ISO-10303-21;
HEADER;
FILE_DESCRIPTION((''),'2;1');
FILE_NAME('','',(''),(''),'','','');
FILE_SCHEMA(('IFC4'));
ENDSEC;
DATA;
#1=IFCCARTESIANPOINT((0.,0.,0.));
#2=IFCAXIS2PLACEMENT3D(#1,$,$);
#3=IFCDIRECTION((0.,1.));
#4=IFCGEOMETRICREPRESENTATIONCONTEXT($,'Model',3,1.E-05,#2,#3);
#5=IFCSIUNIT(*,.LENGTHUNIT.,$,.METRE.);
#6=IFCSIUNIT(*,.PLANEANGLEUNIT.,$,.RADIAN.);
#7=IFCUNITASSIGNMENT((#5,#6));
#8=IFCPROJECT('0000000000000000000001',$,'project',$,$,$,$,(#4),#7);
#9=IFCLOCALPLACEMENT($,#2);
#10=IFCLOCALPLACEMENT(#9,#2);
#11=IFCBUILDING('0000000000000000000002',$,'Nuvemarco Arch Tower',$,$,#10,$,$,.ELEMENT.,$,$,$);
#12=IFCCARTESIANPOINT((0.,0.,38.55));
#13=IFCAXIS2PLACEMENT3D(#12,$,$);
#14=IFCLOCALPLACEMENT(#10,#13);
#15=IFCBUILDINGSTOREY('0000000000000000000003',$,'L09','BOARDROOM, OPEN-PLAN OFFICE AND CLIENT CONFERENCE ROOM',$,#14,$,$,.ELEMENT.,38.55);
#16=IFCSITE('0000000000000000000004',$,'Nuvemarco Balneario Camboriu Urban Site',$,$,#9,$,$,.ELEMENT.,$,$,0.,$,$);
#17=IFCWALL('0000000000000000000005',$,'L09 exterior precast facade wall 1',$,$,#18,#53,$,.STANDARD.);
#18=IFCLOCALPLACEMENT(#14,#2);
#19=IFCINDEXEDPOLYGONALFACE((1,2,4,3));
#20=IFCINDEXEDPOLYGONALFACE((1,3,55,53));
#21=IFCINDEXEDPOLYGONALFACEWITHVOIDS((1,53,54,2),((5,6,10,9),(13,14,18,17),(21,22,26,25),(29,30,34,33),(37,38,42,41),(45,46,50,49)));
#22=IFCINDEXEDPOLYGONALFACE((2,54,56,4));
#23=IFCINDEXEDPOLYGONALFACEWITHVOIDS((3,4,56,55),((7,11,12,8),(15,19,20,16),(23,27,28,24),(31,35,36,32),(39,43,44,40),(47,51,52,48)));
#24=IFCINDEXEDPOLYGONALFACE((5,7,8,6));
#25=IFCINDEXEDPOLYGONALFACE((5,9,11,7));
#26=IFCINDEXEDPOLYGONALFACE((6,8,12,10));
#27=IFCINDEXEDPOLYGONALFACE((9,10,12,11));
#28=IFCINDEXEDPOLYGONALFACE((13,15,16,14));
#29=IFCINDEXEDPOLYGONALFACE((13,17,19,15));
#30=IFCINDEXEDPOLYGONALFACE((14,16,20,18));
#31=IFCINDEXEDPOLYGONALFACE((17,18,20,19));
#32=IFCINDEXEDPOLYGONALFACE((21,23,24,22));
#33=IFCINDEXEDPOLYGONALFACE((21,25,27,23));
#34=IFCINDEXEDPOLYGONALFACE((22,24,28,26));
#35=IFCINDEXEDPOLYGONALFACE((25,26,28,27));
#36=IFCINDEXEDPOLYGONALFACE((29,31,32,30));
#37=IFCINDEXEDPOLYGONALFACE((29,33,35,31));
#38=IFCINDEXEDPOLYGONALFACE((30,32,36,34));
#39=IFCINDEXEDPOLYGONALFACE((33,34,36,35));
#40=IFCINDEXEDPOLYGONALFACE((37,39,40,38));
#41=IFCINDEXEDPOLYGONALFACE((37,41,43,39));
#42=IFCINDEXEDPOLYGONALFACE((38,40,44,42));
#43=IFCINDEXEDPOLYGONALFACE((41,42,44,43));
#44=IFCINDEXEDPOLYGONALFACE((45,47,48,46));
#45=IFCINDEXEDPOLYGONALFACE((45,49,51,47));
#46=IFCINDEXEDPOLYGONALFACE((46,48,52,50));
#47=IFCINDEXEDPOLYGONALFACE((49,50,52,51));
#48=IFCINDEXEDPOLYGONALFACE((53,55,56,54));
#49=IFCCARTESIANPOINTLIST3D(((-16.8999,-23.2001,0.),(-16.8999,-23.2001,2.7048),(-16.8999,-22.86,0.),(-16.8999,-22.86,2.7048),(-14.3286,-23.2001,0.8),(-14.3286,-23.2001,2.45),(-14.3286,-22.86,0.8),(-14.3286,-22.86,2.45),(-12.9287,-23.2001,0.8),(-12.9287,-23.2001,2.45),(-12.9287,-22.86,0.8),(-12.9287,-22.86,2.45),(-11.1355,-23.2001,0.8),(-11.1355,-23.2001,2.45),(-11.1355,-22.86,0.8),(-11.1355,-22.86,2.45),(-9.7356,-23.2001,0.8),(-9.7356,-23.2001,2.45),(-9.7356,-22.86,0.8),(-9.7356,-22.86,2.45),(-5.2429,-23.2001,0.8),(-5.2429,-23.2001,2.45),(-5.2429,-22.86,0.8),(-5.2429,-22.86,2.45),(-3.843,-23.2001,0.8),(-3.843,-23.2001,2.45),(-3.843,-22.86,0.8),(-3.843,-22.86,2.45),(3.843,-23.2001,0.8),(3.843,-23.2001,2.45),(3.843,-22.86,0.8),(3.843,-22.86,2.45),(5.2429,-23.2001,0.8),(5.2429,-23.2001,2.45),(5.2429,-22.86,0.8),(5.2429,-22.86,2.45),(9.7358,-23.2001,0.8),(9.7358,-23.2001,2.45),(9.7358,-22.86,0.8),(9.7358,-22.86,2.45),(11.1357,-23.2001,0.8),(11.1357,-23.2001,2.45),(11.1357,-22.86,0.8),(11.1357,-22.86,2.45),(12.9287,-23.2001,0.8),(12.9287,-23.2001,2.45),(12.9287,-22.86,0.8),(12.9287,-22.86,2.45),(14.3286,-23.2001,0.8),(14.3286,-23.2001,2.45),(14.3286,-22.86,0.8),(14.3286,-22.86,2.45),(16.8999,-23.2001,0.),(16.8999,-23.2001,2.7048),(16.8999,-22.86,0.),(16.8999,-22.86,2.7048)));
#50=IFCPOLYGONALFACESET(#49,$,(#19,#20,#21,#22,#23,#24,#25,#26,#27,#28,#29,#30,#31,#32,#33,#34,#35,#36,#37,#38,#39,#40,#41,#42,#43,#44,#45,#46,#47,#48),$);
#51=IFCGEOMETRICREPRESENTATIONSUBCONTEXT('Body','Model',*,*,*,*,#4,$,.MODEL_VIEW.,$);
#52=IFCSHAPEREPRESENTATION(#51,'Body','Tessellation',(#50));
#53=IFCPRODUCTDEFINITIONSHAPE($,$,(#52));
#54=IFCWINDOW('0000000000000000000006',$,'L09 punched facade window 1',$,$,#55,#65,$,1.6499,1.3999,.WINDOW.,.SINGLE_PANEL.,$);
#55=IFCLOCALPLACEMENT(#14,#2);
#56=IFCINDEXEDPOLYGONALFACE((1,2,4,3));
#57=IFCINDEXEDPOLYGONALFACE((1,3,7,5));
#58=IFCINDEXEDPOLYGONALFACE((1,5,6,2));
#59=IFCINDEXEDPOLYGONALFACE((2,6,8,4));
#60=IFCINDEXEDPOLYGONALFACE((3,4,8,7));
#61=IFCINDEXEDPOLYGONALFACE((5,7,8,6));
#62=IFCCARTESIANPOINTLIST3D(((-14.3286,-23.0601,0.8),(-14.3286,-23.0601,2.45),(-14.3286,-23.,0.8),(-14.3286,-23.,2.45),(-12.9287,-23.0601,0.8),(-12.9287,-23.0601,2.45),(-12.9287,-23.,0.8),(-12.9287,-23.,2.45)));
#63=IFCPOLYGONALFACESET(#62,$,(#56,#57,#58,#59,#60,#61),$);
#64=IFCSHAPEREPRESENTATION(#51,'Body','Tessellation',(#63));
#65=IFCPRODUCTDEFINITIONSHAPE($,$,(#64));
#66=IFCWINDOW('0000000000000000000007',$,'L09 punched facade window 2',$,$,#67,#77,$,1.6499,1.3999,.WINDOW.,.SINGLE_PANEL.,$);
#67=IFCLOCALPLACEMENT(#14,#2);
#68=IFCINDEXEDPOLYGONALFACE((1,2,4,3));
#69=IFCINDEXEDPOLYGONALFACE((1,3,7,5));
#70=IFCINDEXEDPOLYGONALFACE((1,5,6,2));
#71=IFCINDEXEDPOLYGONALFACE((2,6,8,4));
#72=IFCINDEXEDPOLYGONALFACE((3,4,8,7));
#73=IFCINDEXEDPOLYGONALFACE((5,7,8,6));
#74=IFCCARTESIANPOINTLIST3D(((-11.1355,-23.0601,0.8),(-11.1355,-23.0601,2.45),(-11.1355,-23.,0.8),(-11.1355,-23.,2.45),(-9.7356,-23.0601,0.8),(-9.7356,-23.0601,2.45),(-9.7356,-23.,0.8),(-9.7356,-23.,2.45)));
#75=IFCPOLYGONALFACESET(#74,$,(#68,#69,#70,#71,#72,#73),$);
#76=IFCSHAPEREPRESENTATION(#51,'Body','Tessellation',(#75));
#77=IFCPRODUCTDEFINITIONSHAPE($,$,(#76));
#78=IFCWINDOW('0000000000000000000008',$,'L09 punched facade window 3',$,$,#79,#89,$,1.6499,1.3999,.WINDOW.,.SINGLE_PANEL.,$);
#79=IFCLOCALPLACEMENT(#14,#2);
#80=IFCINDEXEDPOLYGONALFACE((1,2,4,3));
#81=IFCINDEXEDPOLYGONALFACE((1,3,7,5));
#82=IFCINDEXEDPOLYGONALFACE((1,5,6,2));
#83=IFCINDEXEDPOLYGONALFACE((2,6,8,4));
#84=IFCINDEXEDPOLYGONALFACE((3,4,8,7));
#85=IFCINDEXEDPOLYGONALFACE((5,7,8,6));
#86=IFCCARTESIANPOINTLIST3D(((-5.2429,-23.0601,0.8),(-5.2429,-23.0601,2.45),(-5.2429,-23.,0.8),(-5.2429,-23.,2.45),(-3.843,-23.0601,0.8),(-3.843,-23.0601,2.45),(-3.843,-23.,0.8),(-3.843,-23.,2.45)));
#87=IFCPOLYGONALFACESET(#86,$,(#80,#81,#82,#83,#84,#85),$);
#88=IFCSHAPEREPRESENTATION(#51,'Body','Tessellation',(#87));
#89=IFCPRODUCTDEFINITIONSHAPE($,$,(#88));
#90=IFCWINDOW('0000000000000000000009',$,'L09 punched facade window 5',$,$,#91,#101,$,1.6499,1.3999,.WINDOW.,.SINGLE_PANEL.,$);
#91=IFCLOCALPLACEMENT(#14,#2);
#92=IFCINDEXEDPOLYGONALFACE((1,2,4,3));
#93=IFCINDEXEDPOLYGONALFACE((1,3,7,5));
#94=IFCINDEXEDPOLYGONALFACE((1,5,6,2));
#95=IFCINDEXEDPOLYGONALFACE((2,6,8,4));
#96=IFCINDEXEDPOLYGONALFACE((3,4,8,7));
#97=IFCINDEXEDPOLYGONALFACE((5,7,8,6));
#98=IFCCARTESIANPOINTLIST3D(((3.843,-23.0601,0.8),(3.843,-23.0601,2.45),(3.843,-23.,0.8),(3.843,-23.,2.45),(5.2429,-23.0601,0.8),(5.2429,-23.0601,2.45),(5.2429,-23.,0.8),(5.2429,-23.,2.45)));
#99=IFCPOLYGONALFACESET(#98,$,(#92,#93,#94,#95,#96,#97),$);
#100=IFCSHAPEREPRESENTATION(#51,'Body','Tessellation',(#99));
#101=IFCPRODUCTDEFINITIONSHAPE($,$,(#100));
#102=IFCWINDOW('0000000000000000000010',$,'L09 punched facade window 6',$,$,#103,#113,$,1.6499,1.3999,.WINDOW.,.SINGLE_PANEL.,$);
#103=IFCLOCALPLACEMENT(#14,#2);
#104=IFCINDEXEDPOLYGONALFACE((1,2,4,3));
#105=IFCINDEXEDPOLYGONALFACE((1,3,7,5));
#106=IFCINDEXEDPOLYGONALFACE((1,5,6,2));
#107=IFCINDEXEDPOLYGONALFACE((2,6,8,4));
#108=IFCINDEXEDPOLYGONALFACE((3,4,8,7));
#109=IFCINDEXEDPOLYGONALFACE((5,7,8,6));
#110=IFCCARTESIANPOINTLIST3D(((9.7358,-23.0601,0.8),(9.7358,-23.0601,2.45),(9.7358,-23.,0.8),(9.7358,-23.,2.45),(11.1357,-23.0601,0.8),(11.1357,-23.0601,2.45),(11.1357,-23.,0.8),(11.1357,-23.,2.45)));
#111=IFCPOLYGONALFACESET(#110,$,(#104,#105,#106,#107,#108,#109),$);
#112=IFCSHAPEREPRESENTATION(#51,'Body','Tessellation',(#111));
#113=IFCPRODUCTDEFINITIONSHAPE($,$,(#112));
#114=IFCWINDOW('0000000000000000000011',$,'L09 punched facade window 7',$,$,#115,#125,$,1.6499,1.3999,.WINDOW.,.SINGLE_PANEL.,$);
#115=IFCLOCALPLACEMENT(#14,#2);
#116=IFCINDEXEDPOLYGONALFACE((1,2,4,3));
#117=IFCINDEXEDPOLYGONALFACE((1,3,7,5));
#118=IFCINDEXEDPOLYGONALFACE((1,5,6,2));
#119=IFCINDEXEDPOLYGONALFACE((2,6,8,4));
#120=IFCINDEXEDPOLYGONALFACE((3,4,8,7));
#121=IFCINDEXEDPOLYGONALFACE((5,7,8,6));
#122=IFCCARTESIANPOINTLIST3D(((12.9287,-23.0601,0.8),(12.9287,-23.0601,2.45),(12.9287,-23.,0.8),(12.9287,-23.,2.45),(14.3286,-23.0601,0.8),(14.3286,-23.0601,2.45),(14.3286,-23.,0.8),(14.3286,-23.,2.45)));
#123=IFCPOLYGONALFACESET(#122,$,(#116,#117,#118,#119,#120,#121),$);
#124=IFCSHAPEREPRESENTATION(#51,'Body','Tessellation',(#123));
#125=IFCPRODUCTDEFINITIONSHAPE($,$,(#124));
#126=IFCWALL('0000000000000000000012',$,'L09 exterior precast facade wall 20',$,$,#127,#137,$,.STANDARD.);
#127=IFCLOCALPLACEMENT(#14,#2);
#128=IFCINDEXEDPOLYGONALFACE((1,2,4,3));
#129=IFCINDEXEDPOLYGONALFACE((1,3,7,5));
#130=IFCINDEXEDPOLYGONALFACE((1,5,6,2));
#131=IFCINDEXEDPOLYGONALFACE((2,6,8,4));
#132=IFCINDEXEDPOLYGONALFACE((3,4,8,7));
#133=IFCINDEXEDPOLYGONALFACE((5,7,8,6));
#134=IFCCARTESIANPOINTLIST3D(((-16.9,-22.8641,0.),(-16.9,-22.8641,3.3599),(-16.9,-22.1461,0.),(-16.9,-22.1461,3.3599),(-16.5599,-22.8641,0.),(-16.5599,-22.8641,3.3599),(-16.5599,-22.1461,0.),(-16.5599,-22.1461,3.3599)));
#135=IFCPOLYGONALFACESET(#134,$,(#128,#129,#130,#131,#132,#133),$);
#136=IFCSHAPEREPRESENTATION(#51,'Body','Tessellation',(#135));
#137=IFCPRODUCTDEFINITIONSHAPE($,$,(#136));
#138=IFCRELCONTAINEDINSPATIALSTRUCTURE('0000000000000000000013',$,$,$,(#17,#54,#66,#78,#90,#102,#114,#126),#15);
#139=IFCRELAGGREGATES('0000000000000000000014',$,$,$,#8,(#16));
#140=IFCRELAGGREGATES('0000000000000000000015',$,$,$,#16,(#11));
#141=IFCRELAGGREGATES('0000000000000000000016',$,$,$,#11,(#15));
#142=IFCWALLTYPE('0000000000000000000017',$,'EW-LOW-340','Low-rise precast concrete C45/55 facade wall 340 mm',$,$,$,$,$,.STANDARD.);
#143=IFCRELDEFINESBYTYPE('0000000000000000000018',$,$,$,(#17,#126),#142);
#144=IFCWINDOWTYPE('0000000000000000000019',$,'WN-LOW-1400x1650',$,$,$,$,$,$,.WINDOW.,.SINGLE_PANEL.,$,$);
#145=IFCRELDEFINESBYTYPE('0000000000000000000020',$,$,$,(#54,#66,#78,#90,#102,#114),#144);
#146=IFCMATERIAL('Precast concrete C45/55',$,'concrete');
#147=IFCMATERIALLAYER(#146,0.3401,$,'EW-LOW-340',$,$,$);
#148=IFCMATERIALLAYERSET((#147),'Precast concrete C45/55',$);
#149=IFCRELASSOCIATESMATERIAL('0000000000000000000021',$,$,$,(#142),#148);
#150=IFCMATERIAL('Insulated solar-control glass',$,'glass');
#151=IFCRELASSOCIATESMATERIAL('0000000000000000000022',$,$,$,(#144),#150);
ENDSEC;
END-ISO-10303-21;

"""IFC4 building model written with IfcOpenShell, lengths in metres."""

from ifc_helpers import new_model, si_unit, direction, frame, frame_2d, origin, place, context, subcontext, project, spatial, rectangle, extrude, source, transform, mapped, material, layer, layer_set, type_object, type_shapes, element, fill, save


model = new_model("IFC4")

# Units and contexts
model_context = context("Model", 3, precision=1e-05, world=origin(), true_north=direction((0.0, 1.0)))
body_context = subcontext(model_context, "Body", "Model", "MODEL_VIEW")
ifc_project = project(units=[si_unit("LENGTHUNIT", "METRE"), si_unit("PLANEANGLEUNIT", "RADIAN")], contexts=[model_context])

# Site, building, storey
site_placement = place(None, origin())
site = spatial("IfcSite", under=ifc_project, at=site_placement, Name="Nuvemarco Balneario Camboriu Urban Site", CompositionType="ELEMENT", RefElevation=0.0)
building_placement = place(site_placement, origin())
building = spatial("IfcBuilding", under=site, at=building_placement, Name="Nuvemarco Arch Tower", CompositionType="ELEMENT")
storey_placement = place(building_placement, frame((0.0, 0.0, 38.55)))
storey = spatial("IfcBuildingStorey", under=building, at=storey_placement, Name="L09", Description="BOARDROOM, OPEN-PLAN OFFICE AND CLIENT CONFERENCE ROOM", CompositionType="ELEMENT", Elevation=38.55)

# Wall, openings, windows
ifc_material_1 = material(Name="Precast concrete C45/55", Category="concrete")
ifc_layer_1 = layer(ifc_material_1, 0.3401, Name="EW-LOW-340")
ifc_layer_set_1 = layer_set([ifc_layer_1], Name="Precast concrete C45/55")
wall_type_1 = type_object("IfcWallType", Name="EW-LOW-340", Description="Low-rise precast concrete C45/55 facade wall 340 mm", PredefinedType="STANDARD", material=ifc_layer_set_1)
wall_1_placement = place(storey_placement, frame((-16.8999, -23.03, 0.0), z_axis=(0.0, 0.0, 1.0), x_axis=(1.0, 0.0, 0.0)))
wall_1 = element("IfcWall", 1, at=wall_1_placement, inside=storey, type_object=wall_type_1, Name="L09 exterior precast facade wall 1", PredefinedType="STANDARD", context=body_context, shape_type="SweptSolid", body=[
    extrude(rectangle(XDim=33.7998, YDim=0.3401, at=frame_2d((16.8999, 0.0))), origin(), (0.0, 0.0, 1.0), 2.7048),
])
opening_1_placement = place(wall_1_placement, frame((2.5713, 0.0, 0.8)))
opening_1 = element("IfcOpeningElement", 2, at=opening_1_placement, cuts=wall_1, PredefinedType="OPENING", context=body_context, shape_type="SweptSolid", body=[
    extrude(rectangle(XDim=1.3999, YDim=1.6499, at=frame_2d((0.7, 0.825))), frame((0.0, 0.1799, 0.0), z_axis=(0.0, -1.0, 0.0), x_axis=(1.0, 0.0, 0.0)), (0.0, 0.0, 1.0), 0.3601),
])
opening_2_placement = place(wall_1_placement, frame((5.7644, 0.0, 0.8)))
opening_2 = element("IfcOpeningElement", 3, at=opening_2_placement, cuts=wall_1, PredefinedType="OPENING", context=body_context, shape_type="SweptSolid", body=[
    extrude(rectangle(XDim=1.3999, YDim=1.6499, at=frame_2d((0.7, 0.825))), frame((0.0, 0.1799, 0.0), z_axis=(0.0, -1.0, 0.0), x_axis=(1.0, 0.0, 0.0)), (0.0, 0.0, 1.0), 0.3601),
])
opening_3_placement = place(wall_1_placement, frame((11.657, 0.0, 0.8)))
opening_3 = element("IfcOpeningElement", 4, at=opening_3_placement, cuts=wall_1, PredefinedType="OPENING", context=body_context, shape_type="SweptSolid", body=[
    extrude(rectangle(XDim=1.3999, YDim=1.6499, at=frame_2d((0.7, 0.825))), frame((0.0, 0.1799, 0.0), z_axis=(0.0, -1.0, 0.0), x_axis=(1.0, 0.0, 0.0)), (0.0, 0.0, 1.0), 0.3601),
])
opening_4_placement = place(wall_1_placement, frame((20.7429, 0.0, 0.8)))
opening_4 = element("IfcOpeningElement", 5, at=opening_4_placement, cuts=wall_1, PredefinedType="OPENING", context=body_context, shape_type="SweptSolid", body=[
    extrude(rectangle(XDim=1.3999, YDim=1.6499, at=frame_2d((0.7, 0.825))), frame((0.0, 0.1799, 0.0), z_axis=(0.0, -1.0, 0.0), x_axis=(1.0, 0.0, 0.0)), (0.0, 0.0, 1.0), 0.3601),
])
opening_5_placement = place(wall_1_placement, frame((26.6357, 0.0, 0.8)))
opening_5 = element("IfcOpeningElement", 6, at=opening_5_placement, cuts=wall_1, PredefinedType="OPENING", context=body_context, shape_type="SweptSolid", body=[
    extrude(rectangle(XDim=1.3999, YDim=1.6499, at=frame_2d((0.7, 0.825))), frame((0.0, 0.1799, 0.0), z_axis=(0.0, -1.0, 0.0), x_axis=(1.0, 0.0, 0.0)), (0.0, 0.0, 1.0), 0.3601),
])
opening_6_placement = place(wall_1_placement, frame((29.8286, 0.0, 0.8)))
opening_6 = element("IfcOpeningElement", 7, at=opening_6_placement, cuts=wall_1, PredefinedType="OPENING", context=body_context, shape_type="SweptSolid", body=[
    extrude(rectangle(XDim=1.3999, YDim=1.6499, at=frame_2d((0.7, 0.825))), frame((0.0, 0.1799, 0.0), z_axis=(0.0, -1.0, 0.0), x_axis=(1.0, 0.0, 0.0)), (0.0, 0.0, 1.0), 0.3601),
])
ifc_material_2 = material(Name="Insulated solar-control glass", Category="glass")
window_type = type_object("IfcWindowType", Name="WN-LOW-1400x1650", PartitioningType="SINGLE_PANEL", PredefinedType="WINDOW", material=ifc_material_2)
shared_shape_1 = source(origin(), body_context, "Body", "SweptSolid", [
    extrude(rectangle(XDim=1.3999, YDim=1.6499, at=frame_2d((0.7, 0.825))), frame((0.0, 0.03, 0.0), z_axis=(0.0, -1.0, 0.0), x_axis=(1.0, 0.0, 0.0)), (0.0, 0.0, 1.0), 0.0601),
])
type_shapes(window_type, [shared_shape_1])
window_1_placement = place(opening_1_placement, origin())
window_1 = element("IfcWindow", 8, at=window_1_placement, inside=storey, type_object=window_type, Name="L09 punched facade window 1", OverallHeight=1.6499, OverallWidth=1.3999, PartitioningType="SINGLE_PANEL", PredefinedType="WINDOW", context=body_context, shape_type="MappedRepresentation", body=[
    mapped(shared_shape_1, transform((0.0, 0.0, 0.0), scale=1.0)),
])
fill(opening_1, window_1)
window_2_placement = place(opening_2_placement, origin())
window_2 = element("IfcWindow", 9, at=window_2_placement, inside=storey, type_object=window_type, Name="L09 punched facade window 2", OverallHeight=1.6499, OverallWidth=1.3999, PartitioningType="SINGLE_PANEL", PredefinedType="WINDOW", context=body_context, shape_type="MappedRepresentation", body=[
    mapped(shared_shape_1, transform((0.0, 0.0, 0.0), scale=1.0)),
])
fill(opening_2, window_2)
window_3_placement = place(opening_3_placement, origin())
window_3 = element("IfcWindow", 10, at=window_3_placement, inside=storey, type_object=window_type, Name="L09 punched facade window 3", OverallHeight=1.6499, OverallWidth=1.3999, PartitioningType="SINGLE_PANEL", PredefinedType="WINDOW", context=body_context, shape_type="MappedRepresentation", body=[
    mapped(shared_shape_1, transform((0.0, 0.0, 0.0), scale=1.0)),
])
fill(opening_3, window_3)
window_4_placement = place(opening_4_placement, origin())
window_4 = element("IfcWindow", 11, at=window_4_placement, inside=storey, type_object=window_type, Name="L09 punched facade window 5", OverallHeight=1.6499, OverallWidth=1.3999, PartitioningType="SINGLE_PANEL", PredefinedType="WINDOW", context=body_context, shape_type="MappedRepresentation", body=[
    mapped(shared_shape_1, transform((0.0, 0.0, 0.0), scale=1.0)),
])
fill(opening_4, window_4)
window_5_placement = place(opening_5_placement, origin())
window_5 = element("IfcWindow", 12, at=window_5_placement, inside=storey, type_object=window_type, Name="L09 punched facade window 6", OverallHeight=1.6499, OverallWidth=1.3999, PartitioningType="SINGLE_PANEL", PredefinedType="WINDOW", context=body_context, shape_type="MappedRepresentation", body=[
    mapped(shared_shape_1, transform((0.0, 0.0, 0.0), scale=1.0)),
])
fill(opening_5, window_5)
window_6_placement = place(opening_6_placement, origin())
window_6 = element("IfcWindow", 13, at=window_6_placement, inside=storey, type_object=window_type, Name="L09 punched facade window 7", OverallHeight=1.6499, OverallWidth=1.3999, PartitioningType="SINGLE_PANEL", PredefinedType="WINDOW", context=body_context, shape_type="MappedRepresentation", body=[
    mapped(shared_shape_1, transform((0.0, 0.0, 0.0), scale=1.0)),
])
fill(opening_6, window_6)

# Wall
wall_2_placement = place(storey_placement, frame((-16.73, -22.864, 0.0), z_axis=(0.0, 0.0, 1.0), x_axis=(0.0, 1.0, 0.0)))
element("IfcWall", 14, at=wall_2_placement, inside=storey, type_object=wall_type_1, Name="L09 exterior precast facade wall 20", PredefinedType="STANDARD", context=body_context, shape_type="SweptSolid", body=[
    extrude(rectangle(XDim=0.718, YDim=0.3401, at=frame_2d((0.3589, 0.0))), origin(), (0.0, 0.0, 1.0), 3.3599),
])

save(model, "model.ifc")
